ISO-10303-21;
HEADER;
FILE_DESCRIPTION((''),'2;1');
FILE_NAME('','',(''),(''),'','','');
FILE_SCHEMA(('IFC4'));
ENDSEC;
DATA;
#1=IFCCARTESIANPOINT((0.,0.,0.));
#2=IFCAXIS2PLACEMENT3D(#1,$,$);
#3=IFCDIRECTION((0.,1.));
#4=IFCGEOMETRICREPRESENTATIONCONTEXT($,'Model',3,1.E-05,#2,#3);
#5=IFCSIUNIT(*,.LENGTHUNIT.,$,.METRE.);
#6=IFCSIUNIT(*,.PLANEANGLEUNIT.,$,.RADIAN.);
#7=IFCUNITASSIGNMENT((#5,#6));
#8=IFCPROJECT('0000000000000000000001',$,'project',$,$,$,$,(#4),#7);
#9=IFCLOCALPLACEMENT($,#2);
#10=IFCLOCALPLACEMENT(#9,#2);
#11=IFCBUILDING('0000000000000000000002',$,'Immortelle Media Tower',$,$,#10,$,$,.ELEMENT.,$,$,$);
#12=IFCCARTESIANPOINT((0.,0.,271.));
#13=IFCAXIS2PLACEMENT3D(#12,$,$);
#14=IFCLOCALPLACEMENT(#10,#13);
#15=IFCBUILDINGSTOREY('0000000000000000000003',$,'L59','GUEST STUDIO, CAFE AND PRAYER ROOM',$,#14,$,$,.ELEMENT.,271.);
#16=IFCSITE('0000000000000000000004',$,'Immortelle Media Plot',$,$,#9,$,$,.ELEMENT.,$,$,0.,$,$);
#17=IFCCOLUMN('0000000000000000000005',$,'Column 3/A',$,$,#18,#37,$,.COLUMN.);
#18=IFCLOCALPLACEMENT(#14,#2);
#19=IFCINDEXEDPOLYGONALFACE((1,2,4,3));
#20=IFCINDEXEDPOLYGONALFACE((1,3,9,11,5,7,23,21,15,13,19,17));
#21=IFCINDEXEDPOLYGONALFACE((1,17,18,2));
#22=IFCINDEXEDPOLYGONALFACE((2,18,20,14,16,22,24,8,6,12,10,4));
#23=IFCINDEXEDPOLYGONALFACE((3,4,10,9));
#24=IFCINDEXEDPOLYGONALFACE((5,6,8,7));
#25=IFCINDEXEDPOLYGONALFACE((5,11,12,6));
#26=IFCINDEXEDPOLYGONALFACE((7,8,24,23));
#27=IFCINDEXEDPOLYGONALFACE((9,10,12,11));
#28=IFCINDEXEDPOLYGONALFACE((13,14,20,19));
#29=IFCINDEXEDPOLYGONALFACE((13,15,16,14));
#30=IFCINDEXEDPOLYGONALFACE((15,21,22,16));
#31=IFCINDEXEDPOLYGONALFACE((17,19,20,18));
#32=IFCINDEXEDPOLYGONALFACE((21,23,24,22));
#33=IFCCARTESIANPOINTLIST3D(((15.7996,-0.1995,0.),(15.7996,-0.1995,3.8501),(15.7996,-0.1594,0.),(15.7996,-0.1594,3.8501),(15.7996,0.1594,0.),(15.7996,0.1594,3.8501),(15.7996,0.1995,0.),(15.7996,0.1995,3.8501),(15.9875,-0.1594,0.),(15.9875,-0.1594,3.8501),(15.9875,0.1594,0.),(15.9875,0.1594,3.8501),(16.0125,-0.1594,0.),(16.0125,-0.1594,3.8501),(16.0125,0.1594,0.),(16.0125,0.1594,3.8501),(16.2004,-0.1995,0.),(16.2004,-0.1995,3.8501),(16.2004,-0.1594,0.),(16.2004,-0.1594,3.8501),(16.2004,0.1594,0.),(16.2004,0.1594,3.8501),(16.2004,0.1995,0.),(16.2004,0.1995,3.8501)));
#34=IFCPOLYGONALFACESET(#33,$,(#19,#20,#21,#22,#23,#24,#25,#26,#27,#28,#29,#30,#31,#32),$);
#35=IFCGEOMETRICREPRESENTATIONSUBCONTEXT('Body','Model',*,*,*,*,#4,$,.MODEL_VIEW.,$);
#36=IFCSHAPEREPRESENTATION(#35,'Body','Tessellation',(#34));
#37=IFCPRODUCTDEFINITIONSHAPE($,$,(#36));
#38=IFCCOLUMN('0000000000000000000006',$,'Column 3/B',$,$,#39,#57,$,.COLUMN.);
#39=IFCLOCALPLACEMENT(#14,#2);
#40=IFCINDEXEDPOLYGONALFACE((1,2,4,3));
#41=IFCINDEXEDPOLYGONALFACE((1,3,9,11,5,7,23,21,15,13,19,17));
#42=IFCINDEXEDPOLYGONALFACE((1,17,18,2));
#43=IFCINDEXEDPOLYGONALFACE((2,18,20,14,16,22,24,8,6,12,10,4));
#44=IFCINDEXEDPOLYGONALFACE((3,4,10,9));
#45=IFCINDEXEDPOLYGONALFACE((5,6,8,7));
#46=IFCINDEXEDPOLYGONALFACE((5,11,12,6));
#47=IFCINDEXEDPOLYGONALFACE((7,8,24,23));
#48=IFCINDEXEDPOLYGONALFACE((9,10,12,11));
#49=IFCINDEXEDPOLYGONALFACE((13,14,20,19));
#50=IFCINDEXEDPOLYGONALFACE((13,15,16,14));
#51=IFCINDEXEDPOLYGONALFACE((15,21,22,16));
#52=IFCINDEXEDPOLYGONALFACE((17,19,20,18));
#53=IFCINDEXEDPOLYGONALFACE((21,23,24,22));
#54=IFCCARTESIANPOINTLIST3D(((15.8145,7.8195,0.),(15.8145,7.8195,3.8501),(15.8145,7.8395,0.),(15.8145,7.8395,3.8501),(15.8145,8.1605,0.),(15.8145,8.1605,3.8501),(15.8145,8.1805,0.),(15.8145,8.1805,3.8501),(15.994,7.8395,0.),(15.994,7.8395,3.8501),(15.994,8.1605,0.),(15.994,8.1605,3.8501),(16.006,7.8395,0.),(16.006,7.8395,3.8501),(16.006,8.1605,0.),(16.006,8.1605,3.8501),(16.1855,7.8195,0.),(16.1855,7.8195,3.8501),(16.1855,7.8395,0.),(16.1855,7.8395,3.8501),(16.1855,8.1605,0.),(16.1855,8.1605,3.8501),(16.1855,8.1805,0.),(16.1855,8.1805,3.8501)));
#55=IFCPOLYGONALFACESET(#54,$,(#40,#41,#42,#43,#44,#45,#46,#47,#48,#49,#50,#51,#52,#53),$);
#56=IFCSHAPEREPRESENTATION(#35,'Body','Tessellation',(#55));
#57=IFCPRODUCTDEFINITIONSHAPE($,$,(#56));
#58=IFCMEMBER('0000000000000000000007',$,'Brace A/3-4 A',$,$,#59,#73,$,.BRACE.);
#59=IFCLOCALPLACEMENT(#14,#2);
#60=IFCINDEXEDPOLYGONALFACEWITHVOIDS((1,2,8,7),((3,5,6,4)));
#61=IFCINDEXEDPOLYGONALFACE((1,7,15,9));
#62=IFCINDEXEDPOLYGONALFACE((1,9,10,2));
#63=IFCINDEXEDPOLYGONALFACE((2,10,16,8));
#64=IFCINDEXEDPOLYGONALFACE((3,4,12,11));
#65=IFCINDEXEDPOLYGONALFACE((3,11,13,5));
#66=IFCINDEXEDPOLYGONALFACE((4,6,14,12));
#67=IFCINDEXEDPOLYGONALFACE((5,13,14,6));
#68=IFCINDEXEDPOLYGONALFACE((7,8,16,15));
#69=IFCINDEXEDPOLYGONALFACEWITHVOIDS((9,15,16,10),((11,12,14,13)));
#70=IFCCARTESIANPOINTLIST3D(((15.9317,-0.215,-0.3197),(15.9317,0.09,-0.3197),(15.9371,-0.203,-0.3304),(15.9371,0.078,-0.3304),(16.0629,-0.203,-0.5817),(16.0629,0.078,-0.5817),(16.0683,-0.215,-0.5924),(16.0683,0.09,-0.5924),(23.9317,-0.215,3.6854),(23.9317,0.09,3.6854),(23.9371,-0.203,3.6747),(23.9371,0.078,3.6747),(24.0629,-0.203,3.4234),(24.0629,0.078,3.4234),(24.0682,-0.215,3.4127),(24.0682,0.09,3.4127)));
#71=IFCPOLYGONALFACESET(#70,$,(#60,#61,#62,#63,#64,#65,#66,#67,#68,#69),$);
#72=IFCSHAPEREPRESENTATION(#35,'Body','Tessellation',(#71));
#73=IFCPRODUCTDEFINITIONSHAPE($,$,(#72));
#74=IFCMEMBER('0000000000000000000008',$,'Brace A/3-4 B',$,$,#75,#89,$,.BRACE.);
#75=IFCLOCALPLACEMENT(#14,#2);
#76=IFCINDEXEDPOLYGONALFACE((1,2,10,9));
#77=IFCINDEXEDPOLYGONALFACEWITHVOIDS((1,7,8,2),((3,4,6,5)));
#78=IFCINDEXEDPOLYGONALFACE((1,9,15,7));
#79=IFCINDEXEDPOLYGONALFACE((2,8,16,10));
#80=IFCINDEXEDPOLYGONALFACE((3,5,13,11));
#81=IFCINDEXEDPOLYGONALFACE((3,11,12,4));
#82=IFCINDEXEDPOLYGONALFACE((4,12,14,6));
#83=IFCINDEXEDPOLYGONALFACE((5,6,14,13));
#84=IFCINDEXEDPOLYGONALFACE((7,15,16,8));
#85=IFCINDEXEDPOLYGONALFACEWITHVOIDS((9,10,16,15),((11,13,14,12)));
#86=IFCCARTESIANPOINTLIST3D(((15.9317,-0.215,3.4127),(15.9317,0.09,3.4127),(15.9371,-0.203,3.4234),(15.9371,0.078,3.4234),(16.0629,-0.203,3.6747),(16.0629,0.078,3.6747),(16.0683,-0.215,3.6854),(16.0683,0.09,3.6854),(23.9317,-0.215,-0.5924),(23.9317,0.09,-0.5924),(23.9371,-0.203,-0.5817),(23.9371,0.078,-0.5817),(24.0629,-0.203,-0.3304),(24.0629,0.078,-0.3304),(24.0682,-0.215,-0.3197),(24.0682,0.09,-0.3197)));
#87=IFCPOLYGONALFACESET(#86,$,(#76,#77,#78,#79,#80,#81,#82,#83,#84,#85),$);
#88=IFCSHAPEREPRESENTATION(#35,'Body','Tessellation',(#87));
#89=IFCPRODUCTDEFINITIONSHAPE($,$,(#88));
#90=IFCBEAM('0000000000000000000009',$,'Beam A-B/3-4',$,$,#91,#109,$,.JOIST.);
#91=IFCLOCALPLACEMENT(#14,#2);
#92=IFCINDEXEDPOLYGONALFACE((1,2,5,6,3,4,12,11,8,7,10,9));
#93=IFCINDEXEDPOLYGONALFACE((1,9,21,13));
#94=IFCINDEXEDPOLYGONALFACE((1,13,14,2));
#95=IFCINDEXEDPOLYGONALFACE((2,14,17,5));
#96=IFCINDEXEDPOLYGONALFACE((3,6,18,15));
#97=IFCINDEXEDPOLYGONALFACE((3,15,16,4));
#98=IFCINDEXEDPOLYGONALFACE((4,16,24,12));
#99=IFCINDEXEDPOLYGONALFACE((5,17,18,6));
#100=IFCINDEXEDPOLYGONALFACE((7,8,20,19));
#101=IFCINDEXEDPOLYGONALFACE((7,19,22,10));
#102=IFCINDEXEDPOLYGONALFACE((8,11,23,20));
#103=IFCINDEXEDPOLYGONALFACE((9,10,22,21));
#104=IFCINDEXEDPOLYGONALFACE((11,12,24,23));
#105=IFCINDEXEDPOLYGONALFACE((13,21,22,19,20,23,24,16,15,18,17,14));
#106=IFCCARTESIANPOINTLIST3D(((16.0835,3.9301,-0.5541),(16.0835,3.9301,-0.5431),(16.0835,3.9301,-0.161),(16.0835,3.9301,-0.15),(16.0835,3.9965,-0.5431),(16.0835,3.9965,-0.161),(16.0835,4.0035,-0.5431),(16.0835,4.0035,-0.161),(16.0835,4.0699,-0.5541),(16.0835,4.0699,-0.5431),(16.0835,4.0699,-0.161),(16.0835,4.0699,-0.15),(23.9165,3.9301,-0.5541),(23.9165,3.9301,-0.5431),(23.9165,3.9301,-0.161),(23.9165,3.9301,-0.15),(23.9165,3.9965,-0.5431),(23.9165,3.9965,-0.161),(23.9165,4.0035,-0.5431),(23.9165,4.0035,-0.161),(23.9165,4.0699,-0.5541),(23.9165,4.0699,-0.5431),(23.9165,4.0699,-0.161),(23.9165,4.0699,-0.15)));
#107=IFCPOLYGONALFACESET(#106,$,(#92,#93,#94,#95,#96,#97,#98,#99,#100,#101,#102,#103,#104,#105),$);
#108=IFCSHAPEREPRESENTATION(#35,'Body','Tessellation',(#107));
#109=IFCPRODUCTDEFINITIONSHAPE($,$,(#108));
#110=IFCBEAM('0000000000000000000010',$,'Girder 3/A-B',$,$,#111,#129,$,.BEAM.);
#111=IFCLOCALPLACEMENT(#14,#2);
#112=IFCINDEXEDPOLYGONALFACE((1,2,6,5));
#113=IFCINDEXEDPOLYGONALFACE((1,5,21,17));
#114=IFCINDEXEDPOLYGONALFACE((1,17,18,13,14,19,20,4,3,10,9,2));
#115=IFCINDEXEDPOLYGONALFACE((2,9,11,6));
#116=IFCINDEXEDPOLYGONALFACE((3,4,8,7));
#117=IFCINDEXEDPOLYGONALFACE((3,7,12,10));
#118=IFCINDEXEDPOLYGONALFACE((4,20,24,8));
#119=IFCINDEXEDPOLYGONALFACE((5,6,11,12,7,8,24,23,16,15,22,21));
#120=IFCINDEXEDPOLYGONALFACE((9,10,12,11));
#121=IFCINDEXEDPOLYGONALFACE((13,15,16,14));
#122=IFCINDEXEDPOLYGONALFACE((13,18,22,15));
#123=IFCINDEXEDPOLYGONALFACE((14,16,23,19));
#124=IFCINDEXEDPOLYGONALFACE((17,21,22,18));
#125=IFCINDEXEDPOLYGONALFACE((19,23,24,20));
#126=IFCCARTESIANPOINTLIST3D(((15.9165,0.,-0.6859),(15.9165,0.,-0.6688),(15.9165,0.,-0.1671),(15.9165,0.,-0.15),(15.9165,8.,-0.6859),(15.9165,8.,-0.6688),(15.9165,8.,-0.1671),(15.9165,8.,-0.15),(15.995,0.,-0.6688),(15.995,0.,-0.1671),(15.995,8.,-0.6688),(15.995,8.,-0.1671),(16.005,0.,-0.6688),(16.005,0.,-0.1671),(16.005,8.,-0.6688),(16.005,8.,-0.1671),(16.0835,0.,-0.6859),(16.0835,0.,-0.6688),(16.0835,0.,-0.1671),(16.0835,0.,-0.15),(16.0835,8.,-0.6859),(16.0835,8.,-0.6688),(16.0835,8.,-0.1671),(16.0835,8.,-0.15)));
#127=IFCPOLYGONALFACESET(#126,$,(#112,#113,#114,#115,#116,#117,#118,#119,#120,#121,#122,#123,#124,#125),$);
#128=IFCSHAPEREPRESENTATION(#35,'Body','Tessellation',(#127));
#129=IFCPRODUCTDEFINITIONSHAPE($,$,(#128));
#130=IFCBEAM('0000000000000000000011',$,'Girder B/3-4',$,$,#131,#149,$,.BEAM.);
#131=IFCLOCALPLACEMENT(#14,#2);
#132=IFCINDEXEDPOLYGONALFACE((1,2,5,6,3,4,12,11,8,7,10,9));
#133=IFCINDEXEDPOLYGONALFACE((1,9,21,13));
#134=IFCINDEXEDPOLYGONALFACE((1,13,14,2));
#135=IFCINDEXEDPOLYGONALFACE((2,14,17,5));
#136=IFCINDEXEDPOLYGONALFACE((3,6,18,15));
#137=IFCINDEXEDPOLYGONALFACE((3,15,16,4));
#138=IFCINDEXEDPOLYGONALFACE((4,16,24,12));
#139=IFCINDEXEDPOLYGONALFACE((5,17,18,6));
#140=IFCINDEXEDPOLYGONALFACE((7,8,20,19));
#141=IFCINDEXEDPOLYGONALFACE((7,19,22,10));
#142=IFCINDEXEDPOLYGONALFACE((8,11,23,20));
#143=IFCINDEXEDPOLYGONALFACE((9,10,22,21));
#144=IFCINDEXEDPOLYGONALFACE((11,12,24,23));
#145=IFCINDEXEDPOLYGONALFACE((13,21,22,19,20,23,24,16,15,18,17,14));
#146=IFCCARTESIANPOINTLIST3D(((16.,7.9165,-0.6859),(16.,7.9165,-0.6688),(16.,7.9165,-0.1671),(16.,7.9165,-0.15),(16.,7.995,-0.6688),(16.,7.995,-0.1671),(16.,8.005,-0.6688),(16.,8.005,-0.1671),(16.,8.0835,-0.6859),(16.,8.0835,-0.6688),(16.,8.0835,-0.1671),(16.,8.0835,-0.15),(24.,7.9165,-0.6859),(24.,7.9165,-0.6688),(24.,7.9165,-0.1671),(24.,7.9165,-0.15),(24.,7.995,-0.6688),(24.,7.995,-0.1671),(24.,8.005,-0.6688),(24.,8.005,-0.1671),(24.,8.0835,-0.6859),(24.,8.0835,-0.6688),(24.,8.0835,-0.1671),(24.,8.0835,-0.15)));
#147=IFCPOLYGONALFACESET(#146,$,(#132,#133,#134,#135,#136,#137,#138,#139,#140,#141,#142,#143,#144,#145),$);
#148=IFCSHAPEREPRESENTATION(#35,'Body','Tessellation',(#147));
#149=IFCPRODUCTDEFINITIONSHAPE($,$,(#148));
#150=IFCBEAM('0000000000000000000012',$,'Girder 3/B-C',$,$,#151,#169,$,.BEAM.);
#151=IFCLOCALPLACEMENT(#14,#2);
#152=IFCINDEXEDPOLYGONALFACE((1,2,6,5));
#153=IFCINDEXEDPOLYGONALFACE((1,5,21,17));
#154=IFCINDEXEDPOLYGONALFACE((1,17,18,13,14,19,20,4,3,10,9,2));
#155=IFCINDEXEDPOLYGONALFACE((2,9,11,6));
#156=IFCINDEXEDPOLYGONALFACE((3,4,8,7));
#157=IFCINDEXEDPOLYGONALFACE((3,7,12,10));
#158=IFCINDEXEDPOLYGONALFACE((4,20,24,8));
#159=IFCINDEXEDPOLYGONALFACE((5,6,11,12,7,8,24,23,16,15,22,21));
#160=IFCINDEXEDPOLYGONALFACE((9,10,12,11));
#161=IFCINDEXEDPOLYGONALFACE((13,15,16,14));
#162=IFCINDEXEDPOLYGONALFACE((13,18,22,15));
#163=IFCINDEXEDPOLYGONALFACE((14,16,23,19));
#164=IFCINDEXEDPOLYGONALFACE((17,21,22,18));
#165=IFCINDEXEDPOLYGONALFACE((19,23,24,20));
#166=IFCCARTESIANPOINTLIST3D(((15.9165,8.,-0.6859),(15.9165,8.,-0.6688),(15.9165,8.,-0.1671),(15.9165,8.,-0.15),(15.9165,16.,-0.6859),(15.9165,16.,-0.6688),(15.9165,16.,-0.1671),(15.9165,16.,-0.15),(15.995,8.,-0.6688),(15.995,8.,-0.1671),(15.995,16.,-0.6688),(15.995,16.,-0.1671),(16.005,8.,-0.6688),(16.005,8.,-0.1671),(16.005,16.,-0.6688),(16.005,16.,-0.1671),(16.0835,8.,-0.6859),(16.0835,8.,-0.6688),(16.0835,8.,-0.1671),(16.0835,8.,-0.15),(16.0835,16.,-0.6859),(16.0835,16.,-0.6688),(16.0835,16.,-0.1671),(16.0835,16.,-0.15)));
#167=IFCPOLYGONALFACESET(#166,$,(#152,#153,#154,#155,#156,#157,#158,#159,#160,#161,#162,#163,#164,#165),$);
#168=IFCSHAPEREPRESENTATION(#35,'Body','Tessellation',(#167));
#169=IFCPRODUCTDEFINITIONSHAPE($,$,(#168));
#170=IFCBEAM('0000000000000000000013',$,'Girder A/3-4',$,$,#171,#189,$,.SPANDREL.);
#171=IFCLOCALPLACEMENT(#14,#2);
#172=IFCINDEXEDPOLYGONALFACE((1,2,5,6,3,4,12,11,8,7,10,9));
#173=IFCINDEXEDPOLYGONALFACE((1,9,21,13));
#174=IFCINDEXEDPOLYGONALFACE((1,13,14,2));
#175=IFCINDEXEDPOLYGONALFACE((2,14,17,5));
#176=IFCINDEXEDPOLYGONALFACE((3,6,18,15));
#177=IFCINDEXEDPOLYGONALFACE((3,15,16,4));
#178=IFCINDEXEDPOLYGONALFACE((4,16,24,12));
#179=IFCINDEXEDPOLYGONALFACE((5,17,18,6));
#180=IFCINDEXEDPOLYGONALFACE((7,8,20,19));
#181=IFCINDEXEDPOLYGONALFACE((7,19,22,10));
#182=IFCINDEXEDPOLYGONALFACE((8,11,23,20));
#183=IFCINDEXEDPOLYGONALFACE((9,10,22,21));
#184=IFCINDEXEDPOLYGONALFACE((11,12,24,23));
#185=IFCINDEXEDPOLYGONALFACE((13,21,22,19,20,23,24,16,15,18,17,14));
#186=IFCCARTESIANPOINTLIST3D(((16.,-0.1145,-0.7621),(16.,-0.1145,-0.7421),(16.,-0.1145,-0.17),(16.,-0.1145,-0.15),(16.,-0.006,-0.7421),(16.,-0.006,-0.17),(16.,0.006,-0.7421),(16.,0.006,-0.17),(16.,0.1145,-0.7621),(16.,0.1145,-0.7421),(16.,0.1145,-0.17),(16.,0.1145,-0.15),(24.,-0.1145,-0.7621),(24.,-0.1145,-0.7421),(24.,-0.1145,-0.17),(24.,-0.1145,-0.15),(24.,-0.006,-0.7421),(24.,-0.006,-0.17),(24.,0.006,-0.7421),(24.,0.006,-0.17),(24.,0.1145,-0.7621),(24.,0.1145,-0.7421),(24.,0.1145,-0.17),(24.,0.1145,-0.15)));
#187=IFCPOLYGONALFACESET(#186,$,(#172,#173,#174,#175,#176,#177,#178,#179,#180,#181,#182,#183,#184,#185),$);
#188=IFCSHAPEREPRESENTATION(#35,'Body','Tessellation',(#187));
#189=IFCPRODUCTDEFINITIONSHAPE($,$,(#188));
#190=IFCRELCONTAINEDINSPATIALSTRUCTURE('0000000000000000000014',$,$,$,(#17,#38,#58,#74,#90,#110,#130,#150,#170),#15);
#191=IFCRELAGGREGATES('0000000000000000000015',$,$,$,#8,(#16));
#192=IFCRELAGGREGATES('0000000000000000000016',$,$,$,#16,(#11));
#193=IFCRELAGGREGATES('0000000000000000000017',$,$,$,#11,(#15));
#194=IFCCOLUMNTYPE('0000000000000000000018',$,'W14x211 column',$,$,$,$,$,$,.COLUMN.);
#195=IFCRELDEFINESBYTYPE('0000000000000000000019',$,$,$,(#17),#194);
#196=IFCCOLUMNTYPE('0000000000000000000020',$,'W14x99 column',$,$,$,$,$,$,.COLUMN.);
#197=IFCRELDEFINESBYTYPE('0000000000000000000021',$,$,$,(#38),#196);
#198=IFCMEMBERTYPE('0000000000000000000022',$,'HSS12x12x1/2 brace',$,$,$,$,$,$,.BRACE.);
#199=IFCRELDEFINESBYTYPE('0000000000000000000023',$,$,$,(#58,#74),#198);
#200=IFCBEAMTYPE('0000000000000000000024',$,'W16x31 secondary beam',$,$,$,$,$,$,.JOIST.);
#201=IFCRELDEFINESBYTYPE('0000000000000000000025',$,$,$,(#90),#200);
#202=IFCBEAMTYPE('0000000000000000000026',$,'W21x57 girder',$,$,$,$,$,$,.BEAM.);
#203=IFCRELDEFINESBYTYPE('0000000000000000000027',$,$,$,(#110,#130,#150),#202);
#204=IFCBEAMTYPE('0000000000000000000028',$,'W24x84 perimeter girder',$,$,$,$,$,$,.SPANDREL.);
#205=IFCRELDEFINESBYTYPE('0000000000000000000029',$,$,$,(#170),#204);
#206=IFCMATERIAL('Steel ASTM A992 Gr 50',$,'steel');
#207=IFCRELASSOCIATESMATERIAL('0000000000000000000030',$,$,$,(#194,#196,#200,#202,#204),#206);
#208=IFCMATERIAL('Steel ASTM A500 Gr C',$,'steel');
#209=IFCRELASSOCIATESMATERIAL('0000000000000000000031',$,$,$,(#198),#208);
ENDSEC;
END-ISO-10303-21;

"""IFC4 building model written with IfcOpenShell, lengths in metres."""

from ifc_helpers import new_model, si_unit, direction, frame, origin, origin_2d, place, context, subcontext, project, spatial, hollow_rectangle, i_section, extrude, material, material_profile, profile_set, type_object, element, save


model = new_model("IFC4")

# Units and contexts
model_context = context("Model", 3, precision=1e-05, world=origin(), true_north=direction((0.0, 1.0)))
body_context = subcontext(model_context, "Body", "Model", "MODEL_VIEW")
ifc_project = project(units=[si_unit("LENGTHUNIT", "METRE"), si_unit("PLANEANGLEUNIT", "RADIAN")], contexts=[model_context])

# Site, building, storey
site_placement = place(None, origin())
site = spatial("IfcSite", under=ifc_project, at=site_placement, Name="Immortelle Media Plot", CompositionType="ELEMENT", RefElevation=0.0)
building_placement = place(site_placement, origin())
building = spatial("IfcBuilding", under=site, at=building_placement, Name="Immortelle Media Tower", CompositionType="ELEMENT")
storey_placement = place(building_placement, frame((0.0, 0.0, 271.0)))
storey = spatial("IfcBuildingStorey", under=building, at=storey_placement, Name="L59", Description="GUEST STUDIO, CAFE AND PRAYER ROOM", CompositionType="ELEMENT", Elevation=271.0)

# Columns
ifc_material_1 = material(Name="Steel ASTM A992 Gr 50", Category="steel")
ifc_material_profile_1 = material_profile(ifc_material_1, i_section(OverallWidth=0.4009, OverallDepth=0.3989, WebThickness=0.0249, FlangeThickness=0.04, at=origin_2d()), Name="W14x211")
ifc_profile_set_1 = profile_set([ifc_material_profile_1], Name="Steel ASTM A992 Gr 50")
column_type_1 = type_object("IfcColumnType", Name="W14x211 column", PredefinedType="COLUMN", material=ifc_profile_set_1)
column_1_placement = place(storey_placement, frame((16.0, 0.0, 0.0), z_axis=(0.0, 0.0, 1.0), x_axis=(1.0, 0.0, 0.0)))
element("IfcColumn", 1, at=column_1_placement, inside=storey, type_object=column_type_1, Name="Column 3/A", PredefinedType="COLUMN", context=body_context, shape_type="SweptSolid", body=[
    extrude(i_section(OverallWidth=0.4009, OverallDepth=0.3989, WebThickness=0.0249, FlangeThickness=0.04, at=origin_2d()), origin(), (0.0, 0.0, 1.0), 3.8501),
])
ifc_material_profile_2 = material_profile(ifc_material_1, i_section(OverallWidth=0.3711, OverallDepth=0.3611, WebThickness=0.012, FlangeThickness=0.02, at=origin_2d()), Name="W14x99")
ifc_profile_set_2 = profile_set([ifc_material_profile_2], Name="Steel ASTM A992 Gr 50")
column_type_2 = type_object("IfcColumnType", Name="W14x99 column", PredefinedType="COLUMN", material=ifc_profile_set_2)
column_2_placement = place(storey_placement, frame((16.0, 8.0, 0.0), z_axis=(0.0, 0.0, 1.0), x_axis=(1.0, 0.0, 0.0)))
element("IfcColumn", 2, at=column_2_placement, inside=storey, type_object=column_type_2, Name="Column 3/B", PredefinedType="COLUMN", context=body_context, shape_type="SweptSolid", body=[
    extrude(i_section(OverallWidth=0.3711, OverallDepth=0.3611, WebThickness=0.012, FlangeThickness=0.02, at=origin_2d()), origin(), (0.0, 0.0, 1.0), 3.8501),
])

# Members
ifc_material_2 = material(Name="Steel ASTM A500 Gr C", Category="steel")
ifc_material_profile_3 = material_profile(ifc_material_2, hollow_rectangle(XDim=0.3049, YDim=0.3049, WallThickness=0.012, at=origin_2d()), Name="HSS12x12x1/2 brace")
ifc_profile_set_3 = profile_set([ifc_material_profile_3], Name="Steel ASTM A500 Gr C")
member_type = type_object("IfcMemberType", Name="HSS12x12x1/2 brace", PredefinedType="BRACE", material=ifc_profile_set_3)
for number, where, z_axis, x_axis, name in (
    (3, (16.0, -0.0625, -0.4561), (0.894198, 0.0, 0.447672), (0.0, 1.0, 0.0), "Brace A/3-4 A"),
    (4, (16.0, -0.0625, 3.5491), (0.894198, 0.0, -0.447672), (0.0, 1.0, 0.0), "Brace A/3-4 B"),
):
    element("IfcMember", number, at=place(storey_placement, frame(where, z_axis=z_axis, x_axis=x_axis)), inside=storey, type_object=member_type, Name=name, PredefinedType="BRACE", context=body_context, shape_type="SweptSolid", body=[
        extrude(hollow_rectangle(XDim=0.3049, YDim=0.3049, WallThickness=0.012, at=origin_2d()), origin(), (0.0, 0.0, 1.0), 8.9465),
    ])

# Beams
ifc_material_profile_4 = material_profile(ifc_material_1, i_section(OverallWidth=0.1399, OverallDepth=0.4041, WebThickness=0.0071, FlangeThickness=0.011, at=origin_2d()), Name="W16x31")
ifc_profile_set_4 = profile_set([ifc_material_profile_4], Name="Steel ASTM A992 Gr 50")
beam_type_1 = type_object("IfcBeamType", Name="W16x31 secondary beam", PredefinedType="JOIST", material=ifc_profile_set_4)
beam_1_placement = place(storey_placement, frame((16.0835, 4.0, -0.3521), z_axis=(1.0, 0.0, 0.0), x_axis=(0.0, 1.0, 0.0)))
element("IfcBeam", 5, at=beam_1_placement, inside=storey, type_object=beam_type_1, Name="Beam A-B/3-4", PredefinedType="JOIST", context=body_context, shape_type="SweptSolid", body=[
    extrude(i_section(OverallWidth=0.1399, OverallDepth=0.4041, WebThickness=0.0071, FlangeThickness=0.011, at=origin_2d()), origin(), (0.0, 0.0, 1.0), 7.833),
])
ifc_material_profile_5 = material_profile(ifc_material_1, i_section(OverallWidth=0.167, OverallDepth=0.5359, WebThickness=0.01, FlangeThickness=0.0171, at=origin_2d()), Name="W21x57")
ifc_profile_set_5 = profile_set([ifc_material_profile_5], Name="Steel ASTM A992 Gr 50")
beam_type_2 = type_object("IfcBeamType", Name="W21x57 girder", PredefinedType="BEAM", material=ifc_profile_set_5)
for number, where, z_axis, x_axis, name in (
    (6, (16.0, 0.0, -0.418), (0.0, 1.0, 0.0), (-1.0, 0.0, 0.0), "Girder 3/A-B"),
    (7, (16.0, 8.0, -0.418), (1.0, 0.0, 0.0), (0.0, 1.0, 0.0), "Girder B/3-4"),
    (8, (16.0, 8.0, -0.418), (0.0, 1.0, 0.0), (-1.0, 0.0, 0.0), "Girder 3/B-C"),
):
    element("IfcBeam", number, at=place(storey_placement, frame(where, z_axis=z_axis, x_axis=x_axis)), inside=storey, type_object=beam_type_2, Name=name, PredefinedType="BEAM", context=body_context, shape_type="SweptSolid", body=[
        extrude(i_section(OverallWidth=0.167, OverallDepth=0.5359, WebThickness=0.01, FlangeThickness=0.0171, at=origin_2d()), origin(), (0.0, 0.0, 1.0), 8.0),
    ])
ifc_material_profile_6 = material_profile(ifc_material_1, i_section(OverallWidth=0.229, OverallDepth=0.6121, WebThickness=0.012, FlangeThickness=0.02, at=origin_2d()), Name="W24x84")
ifc_profile_set_6 = profile_set([ifc_material_profile_6], Name="Steel ASTM A992 Gr 50")
beam_type_3 = type_object("IfcBeamType", Name="W24x84 perimeter girder", PredefinedType="SPANDREL", material=ifc_profile_set_6)
beam_2_placement = place(storey_placement, frame((16.0, 0.0, -0.4561), z_axis=(1.0, 0.0, 0.0), x_axis=(0.0, 1.0, 0.0)))
element("IfcBeam", 9, at=beam_2_placement, inside=storey, type_object=beam_type_3, Name="Girder A/3-4", PredefinedType="SPANDREL", context=body_context, shape_type="SweptSolid", body=[
    extrude(i_section(OverallWidth=0.229, OverallDepth=0.6121, WebThickness=0.012, FlangeThickness=0.02, at=origin_2d()), origin(), (0.0, 0.0, 1.0), 8.0),
])

save(model, "model.ifc")
